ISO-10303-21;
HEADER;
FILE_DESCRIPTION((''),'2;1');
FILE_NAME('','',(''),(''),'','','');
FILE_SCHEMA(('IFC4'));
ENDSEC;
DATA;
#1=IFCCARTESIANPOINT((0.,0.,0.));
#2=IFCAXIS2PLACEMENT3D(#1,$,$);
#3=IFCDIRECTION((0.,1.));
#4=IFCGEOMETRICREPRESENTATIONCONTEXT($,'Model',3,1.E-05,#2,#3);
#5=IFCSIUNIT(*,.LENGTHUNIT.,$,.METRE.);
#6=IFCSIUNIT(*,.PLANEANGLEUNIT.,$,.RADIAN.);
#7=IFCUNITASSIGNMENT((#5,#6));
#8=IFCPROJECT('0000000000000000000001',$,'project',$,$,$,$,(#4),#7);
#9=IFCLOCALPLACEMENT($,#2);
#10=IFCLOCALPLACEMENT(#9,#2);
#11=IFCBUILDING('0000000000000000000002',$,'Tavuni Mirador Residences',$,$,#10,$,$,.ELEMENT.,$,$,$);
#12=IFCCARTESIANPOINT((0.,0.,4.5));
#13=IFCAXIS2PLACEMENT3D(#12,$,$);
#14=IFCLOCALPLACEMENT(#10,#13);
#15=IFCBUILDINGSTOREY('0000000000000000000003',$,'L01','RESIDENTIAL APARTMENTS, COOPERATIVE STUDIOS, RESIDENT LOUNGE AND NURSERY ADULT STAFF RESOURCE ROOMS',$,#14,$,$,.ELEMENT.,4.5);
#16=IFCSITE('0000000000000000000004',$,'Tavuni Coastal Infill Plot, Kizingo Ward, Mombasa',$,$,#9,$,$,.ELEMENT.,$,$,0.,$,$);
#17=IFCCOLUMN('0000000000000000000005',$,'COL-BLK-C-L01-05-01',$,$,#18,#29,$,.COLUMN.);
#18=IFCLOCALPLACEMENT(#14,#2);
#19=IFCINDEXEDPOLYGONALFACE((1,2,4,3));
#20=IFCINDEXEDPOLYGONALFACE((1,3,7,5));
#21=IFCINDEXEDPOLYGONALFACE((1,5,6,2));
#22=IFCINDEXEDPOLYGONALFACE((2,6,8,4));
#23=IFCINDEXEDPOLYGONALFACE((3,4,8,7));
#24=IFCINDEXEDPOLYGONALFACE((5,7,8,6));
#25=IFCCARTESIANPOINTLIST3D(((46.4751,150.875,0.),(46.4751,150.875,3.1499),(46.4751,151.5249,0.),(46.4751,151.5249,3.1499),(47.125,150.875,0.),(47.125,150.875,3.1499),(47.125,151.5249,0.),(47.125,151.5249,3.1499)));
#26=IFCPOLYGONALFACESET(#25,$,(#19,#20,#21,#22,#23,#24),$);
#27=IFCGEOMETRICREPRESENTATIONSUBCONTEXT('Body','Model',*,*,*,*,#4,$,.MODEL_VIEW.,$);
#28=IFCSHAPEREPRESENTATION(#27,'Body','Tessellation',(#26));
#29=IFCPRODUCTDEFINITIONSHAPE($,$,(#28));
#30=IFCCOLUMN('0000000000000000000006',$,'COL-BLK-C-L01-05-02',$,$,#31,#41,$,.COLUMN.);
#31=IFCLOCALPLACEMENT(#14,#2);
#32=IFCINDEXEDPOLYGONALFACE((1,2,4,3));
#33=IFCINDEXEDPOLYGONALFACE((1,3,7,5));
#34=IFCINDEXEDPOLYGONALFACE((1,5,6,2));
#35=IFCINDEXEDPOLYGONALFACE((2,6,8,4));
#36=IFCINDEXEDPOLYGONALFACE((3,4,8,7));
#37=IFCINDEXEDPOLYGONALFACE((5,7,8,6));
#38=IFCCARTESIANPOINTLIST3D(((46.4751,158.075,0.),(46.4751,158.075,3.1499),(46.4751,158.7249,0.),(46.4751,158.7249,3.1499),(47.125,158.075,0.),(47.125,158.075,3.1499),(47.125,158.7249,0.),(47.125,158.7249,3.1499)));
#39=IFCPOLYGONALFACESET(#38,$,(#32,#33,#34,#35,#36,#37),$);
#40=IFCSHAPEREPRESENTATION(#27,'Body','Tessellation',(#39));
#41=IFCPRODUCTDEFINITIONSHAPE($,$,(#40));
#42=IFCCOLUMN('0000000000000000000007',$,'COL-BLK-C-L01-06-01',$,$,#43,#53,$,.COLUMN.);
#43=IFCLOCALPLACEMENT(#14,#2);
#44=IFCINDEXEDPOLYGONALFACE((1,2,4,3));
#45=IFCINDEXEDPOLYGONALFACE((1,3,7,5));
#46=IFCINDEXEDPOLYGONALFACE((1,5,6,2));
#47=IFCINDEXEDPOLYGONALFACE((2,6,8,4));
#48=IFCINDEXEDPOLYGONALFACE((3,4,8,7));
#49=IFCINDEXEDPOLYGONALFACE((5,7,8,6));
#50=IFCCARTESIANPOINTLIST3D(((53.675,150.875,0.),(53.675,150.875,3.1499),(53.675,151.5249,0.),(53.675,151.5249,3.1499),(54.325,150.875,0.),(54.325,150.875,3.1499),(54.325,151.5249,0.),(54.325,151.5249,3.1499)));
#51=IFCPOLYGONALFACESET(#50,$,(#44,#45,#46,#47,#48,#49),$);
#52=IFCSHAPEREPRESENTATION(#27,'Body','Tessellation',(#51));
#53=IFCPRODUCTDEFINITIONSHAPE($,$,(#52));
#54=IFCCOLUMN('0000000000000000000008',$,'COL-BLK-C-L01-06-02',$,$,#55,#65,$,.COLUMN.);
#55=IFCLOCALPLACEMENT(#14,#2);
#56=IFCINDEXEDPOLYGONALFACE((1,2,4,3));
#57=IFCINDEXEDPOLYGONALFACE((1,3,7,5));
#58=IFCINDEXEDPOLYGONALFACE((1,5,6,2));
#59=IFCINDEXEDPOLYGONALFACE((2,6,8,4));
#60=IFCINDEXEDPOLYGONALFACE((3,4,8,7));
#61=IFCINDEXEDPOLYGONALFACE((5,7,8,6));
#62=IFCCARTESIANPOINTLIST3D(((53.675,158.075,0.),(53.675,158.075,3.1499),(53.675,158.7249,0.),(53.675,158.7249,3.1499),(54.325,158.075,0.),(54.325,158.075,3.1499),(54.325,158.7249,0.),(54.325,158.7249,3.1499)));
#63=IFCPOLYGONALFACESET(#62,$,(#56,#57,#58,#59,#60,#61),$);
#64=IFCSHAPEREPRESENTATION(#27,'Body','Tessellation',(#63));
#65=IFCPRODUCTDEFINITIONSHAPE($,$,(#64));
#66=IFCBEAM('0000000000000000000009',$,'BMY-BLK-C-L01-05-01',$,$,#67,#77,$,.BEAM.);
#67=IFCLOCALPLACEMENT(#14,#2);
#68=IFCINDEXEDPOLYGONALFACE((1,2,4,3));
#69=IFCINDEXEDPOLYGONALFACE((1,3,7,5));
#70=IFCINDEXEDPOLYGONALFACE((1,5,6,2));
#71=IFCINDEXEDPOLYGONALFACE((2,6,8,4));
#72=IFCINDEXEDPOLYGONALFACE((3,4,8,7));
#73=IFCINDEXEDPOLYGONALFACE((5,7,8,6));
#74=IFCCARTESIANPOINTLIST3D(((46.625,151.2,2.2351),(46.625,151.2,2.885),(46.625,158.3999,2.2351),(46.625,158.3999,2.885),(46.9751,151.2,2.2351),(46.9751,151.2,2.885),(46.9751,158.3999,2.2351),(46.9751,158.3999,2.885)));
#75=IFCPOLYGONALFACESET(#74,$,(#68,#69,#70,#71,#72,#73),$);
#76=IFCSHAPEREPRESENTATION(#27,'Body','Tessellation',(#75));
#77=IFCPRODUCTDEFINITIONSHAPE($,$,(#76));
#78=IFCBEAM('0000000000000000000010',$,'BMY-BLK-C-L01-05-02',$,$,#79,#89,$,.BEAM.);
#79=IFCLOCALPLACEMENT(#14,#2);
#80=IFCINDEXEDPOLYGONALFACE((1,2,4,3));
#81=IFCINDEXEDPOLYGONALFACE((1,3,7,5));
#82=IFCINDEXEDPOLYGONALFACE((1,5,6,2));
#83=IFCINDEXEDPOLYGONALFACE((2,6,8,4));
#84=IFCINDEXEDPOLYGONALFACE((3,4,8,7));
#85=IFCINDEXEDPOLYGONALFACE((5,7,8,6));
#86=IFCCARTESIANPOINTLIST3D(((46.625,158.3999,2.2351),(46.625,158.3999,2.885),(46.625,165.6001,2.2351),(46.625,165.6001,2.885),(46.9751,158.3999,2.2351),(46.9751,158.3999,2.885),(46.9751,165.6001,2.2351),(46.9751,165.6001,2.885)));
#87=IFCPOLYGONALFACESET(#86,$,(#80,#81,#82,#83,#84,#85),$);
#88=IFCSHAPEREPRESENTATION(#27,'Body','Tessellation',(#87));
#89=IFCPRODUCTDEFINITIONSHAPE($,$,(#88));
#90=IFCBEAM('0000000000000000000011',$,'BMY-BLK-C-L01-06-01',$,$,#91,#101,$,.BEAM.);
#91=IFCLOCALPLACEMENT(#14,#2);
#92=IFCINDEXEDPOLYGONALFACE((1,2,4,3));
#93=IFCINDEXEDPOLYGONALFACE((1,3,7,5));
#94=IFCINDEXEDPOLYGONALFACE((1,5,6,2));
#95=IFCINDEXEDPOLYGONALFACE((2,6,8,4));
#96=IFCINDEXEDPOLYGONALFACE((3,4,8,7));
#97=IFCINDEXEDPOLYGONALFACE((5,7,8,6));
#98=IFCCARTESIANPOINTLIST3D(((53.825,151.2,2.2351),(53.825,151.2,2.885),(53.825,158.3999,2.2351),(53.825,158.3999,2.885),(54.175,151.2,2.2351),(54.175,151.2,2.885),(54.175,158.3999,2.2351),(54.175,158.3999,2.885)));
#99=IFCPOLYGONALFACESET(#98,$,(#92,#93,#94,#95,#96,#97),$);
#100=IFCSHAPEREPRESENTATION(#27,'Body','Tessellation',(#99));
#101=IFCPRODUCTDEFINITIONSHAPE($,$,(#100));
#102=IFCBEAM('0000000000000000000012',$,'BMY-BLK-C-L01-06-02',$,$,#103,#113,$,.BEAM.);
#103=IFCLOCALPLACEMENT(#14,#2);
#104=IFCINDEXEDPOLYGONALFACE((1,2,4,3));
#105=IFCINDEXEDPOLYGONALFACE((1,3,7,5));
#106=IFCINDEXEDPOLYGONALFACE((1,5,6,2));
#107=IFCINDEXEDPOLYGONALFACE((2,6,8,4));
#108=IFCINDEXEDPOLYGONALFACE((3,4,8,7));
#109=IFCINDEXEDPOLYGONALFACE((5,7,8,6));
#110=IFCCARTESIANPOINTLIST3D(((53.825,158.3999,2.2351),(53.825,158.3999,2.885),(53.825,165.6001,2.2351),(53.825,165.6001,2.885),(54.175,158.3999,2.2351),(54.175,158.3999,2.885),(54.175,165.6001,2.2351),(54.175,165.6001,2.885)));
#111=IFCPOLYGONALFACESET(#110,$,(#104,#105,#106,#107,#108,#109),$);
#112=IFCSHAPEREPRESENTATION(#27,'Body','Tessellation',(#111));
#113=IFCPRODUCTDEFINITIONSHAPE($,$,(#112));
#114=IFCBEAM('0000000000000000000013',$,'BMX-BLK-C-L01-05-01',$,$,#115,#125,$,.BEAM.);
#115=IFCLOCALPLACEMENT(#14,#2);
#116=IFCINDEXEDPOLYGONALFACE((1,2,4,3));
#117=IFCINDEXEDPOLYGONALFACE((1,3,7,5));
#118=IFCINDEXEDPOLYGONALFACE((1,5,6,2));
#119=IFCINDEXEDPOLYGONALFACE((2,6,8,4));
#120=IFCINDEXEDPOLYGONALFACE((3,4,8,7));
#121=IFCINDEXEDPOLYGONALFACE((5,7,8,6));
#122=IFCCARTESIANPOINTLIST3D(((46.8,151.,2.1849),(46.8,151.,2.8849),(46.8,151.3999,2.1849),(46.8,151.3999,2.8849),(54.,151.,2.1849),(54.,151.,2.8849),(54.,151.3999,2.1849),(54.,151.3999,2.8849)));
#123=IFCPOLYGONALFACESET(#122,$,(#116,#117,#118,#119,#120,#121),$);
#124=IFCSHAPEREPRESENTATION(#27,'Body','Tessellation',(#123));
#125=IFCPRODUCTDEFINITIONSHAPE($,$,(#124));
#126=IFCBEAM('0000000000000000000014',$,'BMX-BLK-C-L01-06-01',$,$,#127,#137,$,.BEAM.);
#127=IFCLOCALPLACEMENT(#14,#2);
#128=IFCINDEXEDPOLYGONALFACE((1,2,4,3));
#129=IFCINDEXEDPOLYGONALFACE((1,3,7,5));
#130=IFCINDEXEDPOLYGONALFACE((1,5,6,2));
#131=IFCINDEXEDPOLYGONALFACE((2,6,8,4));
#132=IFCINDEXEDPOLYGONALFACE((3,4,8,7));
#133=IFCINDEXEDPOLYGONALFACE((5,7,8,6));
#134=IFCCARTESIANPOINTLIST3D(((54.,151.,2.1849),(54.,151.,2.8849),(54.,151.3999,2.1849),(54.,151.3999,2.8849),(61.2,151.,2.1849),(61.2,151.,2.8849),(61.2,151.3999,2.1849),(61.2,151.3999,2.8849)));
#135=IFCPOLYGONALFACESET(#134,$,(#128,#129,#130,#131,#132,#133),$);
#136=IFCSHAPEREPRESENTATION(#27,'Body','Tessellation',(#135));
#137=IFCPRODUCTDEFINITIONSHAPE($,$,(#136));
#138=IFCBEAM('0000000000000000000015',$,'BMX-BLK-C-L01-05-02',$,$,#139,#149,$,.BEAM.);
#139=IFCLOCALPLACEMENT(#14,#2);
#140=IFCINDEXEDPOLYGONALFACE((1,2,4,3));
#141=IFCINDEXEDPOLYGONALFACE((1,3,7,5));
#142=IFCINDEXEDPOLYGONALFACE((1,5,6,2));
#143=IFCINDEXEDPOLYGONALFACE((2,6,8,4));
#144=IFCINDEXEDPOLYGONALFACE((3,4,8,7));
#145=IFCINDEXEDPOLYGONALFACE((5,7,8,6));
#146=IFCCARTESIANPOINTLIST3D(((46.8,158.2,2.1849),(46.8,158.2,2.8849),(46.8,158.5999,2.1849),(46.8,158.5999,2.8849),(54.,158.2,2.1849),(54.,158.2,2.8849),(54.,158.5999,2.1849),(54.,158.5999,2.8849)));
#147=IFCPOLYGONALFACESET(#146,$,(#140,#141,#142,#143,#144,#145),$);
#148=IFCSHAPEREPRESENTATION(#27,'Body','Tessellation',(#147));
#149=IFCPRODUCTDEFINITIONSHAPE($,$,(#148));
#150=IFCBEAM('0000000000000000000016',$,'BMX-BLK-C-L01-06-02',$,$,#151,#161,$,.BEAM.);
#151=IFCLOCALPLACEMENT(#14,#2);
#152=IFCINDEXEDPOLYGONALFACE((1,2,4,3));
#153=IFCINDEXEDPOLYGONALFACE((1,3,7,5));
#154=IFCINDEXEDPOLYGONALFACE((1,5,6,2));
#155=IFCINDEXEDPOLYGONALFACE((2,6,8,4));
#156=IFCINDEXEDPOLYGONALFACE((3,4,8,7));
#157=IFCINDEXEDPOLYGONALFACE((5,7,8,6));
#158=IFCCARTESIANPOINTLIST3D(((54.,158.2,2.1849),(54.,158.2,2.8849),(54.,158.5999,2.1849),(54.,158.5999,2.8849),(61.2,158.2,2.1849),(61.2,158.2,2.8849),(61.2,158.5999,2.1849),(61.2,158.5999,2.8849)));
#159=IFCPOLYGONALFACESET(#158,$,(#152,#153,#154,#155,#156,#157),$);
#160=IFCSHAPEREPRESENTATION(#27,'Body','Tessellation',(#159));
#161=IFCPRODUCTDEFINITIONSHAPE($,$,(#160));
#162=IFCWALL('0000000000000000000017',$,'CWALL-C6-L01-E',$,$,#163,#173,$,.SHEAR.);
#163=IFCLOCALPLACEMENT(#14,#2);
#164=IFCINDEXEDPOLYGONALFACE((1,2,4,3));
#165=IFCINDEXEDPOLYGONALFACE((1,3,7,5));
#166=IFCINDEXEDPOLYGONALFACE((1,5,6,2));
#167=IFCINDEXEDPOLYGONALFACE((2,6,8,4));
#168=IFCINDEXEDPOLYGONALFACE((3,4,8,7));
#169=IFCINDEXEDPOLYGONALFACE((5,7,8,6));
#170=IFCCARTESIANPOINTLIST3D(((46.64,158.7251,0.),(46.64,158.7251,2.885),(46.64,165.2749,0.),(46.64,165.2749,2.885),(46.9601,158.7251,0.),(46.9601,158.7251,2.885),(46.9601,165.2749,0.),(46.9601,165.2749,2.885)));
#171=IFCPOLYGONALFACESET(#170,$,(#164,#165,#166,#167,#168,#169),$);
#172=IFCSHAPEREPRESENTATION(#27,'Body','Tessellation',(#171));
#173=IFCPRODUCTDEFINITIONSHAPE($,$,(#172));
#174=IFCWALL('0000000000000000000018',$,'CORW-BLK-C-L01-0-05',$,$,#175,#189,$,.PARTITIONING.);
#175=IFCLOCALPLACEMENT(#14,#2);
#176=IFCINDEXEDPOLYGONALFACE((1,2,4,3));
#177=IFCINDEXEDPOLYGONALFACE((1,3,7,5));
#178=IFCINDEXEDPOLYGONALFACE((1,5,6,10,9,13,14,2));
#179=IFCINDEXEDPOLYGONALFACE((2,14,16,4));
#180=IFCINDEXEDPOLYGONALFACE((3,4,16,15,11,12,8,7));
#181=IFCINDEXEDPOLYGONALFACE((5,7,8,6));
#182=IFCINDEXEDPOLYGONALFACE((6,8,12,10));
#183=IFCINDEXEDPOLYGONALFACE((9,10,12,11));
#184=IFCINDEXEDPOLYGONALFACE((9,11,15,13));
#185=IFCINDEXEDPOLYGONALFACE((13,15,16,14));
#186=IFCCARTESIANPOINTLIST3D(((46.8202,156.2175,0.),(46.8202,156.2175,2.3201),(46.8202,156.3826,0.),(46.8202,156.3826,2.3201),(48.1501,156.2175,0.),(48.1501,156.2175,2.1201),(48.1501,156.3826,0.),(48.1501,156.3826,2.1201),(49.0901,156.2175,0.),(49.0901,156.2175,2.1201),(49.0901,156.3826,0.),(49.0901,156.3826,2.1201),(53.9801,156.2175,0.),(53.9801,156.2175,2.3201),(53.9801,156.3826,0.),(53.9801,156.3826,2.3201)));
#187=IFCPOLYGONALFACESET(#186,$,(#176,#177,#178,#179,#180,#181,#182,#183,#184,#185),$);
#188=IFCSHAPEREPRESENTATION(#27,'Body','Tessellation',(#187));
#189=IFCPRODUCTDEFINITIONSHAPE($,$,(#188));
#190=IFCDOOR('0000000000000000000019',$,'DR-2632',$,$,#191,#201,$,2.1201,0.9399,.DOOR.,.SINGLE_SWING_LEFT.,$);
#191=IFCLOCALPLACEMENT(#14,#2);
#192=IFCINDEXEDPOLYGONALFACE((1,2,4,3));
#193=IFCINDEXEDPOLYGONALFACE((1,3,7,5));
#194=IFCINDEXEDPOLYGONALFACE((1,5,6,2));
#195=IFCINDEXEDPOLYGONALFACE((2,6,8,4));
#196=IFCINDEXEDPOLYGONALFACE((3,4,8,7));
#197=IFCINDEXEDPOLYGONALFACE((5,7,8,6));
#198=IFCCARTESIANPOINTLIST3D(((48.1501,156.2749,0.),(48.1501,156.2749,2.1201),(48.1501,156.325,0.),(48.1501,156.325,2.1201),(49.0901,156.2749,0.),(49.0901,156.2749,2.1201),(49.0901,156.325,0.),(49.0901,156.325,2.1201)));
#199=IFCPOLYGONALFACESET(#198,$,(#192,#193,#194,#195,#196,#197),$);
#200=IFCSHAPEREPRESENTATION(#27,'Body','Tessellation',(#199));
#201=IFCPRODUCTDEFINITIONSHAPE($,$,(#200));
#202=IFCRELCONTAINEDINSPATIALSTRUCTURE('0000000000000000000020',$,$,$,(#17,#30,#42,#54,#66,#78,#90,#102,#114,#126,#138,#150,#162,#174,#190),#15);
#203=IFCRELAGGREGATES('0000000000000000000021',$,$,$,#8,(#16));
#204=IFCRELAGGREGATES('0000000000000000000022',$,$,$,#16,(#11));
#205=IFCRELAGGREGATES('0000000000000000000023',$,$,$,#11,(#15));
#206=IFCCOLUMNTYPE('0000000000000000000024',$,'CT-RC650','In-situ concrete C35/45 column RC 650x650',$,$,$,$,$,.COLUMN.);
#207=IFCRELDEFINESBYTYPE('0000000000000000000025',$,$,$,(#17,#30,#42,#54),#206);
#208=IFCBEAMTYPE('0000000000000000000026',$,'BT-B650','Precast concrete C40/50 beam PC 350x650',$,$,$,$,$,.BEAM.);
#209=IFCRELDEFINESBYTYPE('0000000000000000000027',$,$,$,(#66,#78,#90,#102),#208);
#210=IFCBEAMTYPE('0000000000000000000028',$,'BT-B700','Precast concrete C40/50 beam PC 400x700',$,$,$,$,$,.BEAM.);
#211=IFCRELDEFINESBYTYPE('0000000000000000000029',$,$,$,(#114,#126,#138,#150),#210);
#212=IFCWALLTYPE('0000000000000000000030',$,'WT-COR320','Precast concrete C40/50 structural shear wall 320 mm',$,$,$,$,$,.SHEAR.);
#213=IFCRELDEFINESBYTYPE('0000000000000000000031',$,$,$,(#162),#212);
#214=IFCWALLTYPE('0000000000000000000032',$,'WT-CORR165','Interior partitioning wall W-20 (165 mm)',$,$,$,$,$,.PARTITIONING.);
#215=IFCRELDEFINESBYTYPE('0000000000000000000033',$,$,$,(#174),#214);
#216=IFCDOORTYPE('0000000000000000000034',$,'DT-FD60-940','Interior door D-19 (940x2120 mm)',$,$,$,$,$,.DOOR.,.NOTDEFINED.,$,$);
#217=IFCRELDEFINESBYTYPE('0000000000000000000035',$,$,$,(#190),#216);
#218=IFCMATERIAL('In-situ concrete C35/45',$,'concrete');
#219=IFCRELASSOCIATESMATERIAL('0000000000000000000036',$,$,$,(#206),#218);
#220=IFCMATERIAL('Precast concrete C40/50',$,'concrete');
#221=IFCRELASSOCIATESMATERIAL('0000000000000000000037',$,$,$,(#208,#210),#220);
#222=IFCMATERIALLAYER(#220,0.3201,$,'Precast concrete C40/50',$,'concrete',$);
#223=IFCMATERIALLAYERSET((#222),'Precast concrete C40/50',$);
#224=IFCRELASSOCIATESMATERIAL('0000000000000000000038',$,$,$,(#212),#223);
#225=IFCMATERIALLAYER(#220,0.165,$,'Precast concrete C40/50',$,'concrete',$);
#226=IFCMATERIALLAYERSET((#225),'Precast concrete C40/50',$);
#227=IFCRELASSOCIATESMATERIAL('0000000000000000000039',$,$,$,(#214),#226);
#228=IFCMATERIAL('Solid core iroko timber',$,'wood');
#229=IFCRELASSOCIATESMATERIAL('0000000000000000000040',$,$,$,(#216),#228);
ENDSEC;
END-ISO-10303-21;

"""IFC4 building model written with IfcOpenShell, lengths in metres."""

from ifc_helpers import new_model, si_unit, direction, frame, frame_2d, origin, origin_2d, place, context, subcontext, project, spatial, rectangle, extrude, material, layer, layer_set, material_profile, profile_set, type_object, element, fill, save


model = new_model("IFC4")

# Units and contexts
model_context = context("Model", 3, precision=1e-05, world=origin(), true_north=direction((0.0, 1.0)))
body_context = subcontext(model_context, "Body", "Model", "MODEL_VIEW")
ifc_project = project(units=[si_unit("LENGTHUNIT", "METRE"), si_unit("PLANEANGLEUNIT", "RADIAN")], contexts=[model_context])

# Site, building, storey
site_placement = place(None, origin())
site = spatial("IfcSite", under=ifc_project, at=site_placement, Name="Tavuni Coastal Infill Plot, Kizingo Ward, Mombasa", CompositionType="ELEMENT", RefElevation=0.0)
building_placement = place(site_placement, origin())
building = spatial("IfcBuilding", under=site, at=building_placement, Name="Tavuni Mirador Residences", CompositionType="ELEMENT")
storey_placement = place(building_placement, frame((0.0, 0.0, 4.5)))
storey = spatial("IfcBuildingStorey", under=building, at=storey_placement, Name="L01", Description="RESIDENTIAL APARTMENTS, COOPERATIVE STUDIOS, RESIDENT LOUNGE AND NURSERY ADULT STAFF RESOURCE ROOMS", CompositionType="ELEMENT", Elevation=4.5)

# Columns
ifc_material_1 = material(Name="In-situ concrete C35/45", Category="concrete")
ifc_material_profile_1 = material_profile(ifc_material_1, rectangle(XDim=0.6499, YDim=0.6499, at=origin_2d()), Name="RC 650x650", Category="concrete")
ifc_profile_set_1 = profile_set([ifc_material_profile_1], Name="In-situ concrete C35/45")
column_type = type_object("IfcColumnType", Name="CT-RC650", Description="In-situ concrete C35/45 column RC 650x650", PredefinedType="COLUMN", material=ifc_profile_set_1)
for number, where, z_axis, x_axis, name in (
    (1, (46.8, 151.2, 0.0), (0.0, 0.0, 1.0), (1.0, 0.0, 0.0), "COL-BLK-C-L01-05-01"),
    (2, (46.8, 158.3999, 0.0), (0.0, 0.0, 1.0), (1.0, 0.0, 0.0), "COL-BLK-C-L01-05-02"),
    (3, (54.0, 151.2, 0.0), (0.0, 0.0, 1.0), (1.0, 0.0, 0.0), "COL-BLK-C-L01-06-01"),
    (4, (54.0, 158.3999, 0.0), (0.0, 0.0, 1.0), (1.0, 0.0, 0.0), "COL-BLK-C-L01-06-02"),
):
    element("IfcColumn", number, at=place(storey_placement, frame(where, z_axis=z_axis, x_axis=x_axis)), inside=storey, type_object=column_type, Name=name, PredefinedType="COLUMN", context=body_context, shape_type="SweptSolid", body=[
        extrude(rectangle(XDim=0.6499, YDim=0.6499, at=origin_2d()), origin(), (0.0, 0.0, 1.0), 3.1499),
    ])

# Beams
ifc_material_2 = material(Name="Precast concrete C40/50", Category="concrete")
ifc_material_profile_2 = material_profile(ifc_material_2, rectangle(XDim=0.3501, YDim=0.6499, at=origin_2d()), Name="PC 350x650", Category="concrete")
ifc_profile_set_2 = profile_set([ifc_material_profile_2], Name="Precast concrete C40/50")
beam_type_1 = type_object("IfcBeamType", Name="BT-B650", Description="Precast concrete C40/50 beam PC 350x650", PredefinedType="BEAM", material=ifc_profile_set_2)
beam_1_placement = place(storey_placement, frame((46.8, 151.2, 2.5601), z_axis=(0.0, 1.0, 0.0), x_axis=(-1.0, 0.0, 0.0)))
element("IfcBeam", 5, at=beam_1_placement, inside=storey, type_object=beam_type_1, Name="BMY-BLK-C-L01-05-01", PredefinedType="BEAM", context=body_context, shape_type="SweptSolid", body=[
    extrude(rectangle(XDim=0.3501, YDim=0.6499, at=origin_2d()), origin(), (0.0, 0.0, 1.0), 7.2),
])
beam_2_placement = place(storey_placement, frame((46.8, 158.3999, 2.5601), z_axis=(0.0, 1.0, 0.0), x_axis=(-1.0, 0.0, 0.0)))
element("IfcBeam", 6, at=beam_2_placement, inside=storey, type_object=beam_type_1, Name="BMY-BLK-C-L01-05-02", PredefinedType="BEAM", context=body_context, shape_type="SweptSolid", body=[
    extrude(rectangle(XDim=0.3501, YDim=0.6499, at=origin_2d()), origin(), (0.0, 0.0, 1.0), 7.2002),
])
beam_3_placement = place(storey_placement, frame((54.0, 151.2, 2.5601), z_axis=(0.0, 1.0, 0.0), x_axis=(-1.0, 0.0, 0.0)))
element("IfcBeam", 7, at=beam_3_placement, inside=storey, type_object=beam_type_1, Name="BMY-BLK-C-L01-06-01", PredefinedType="BEAM", context=body_context, shape_type="SweptSolid", body=[
    extrude(rectangle(XDim=0.3501, YDim=0.6499, at=origin_2d()), origin(), (0.0, 0.0, 1.0), 7.2),
])
beam_4_placement = place(storey_placement, frame((54.0, 158.3999, 2.5601), z_axis=(0.0, 1.0, 0.0), x_axis=(-1.0, 0.0, 0.0)))
element("IfcBeam", 8, at=beam_4_placement, inside=storey, type_object=beam_type_1, Name="BMY-BLK-C-L01-06-02", PredefinedType="BEAM", context=body_context, shape_type="SweptSolid", body=[
    extrude(rectangle(XDim=0.3501, YDim=0.6499, at=origin_2d()), origin(), (0.0, 0.0, 1.0), 7.2002),
])
ifc_material_profile_3 = material_profile(ifc_material_2, rectangle(XDim=0.3999, YDim=0.7, at=origin_2d()), Name="PC 400x700", Category="concrete")
ifc_profile_set_3 = profile_set([ifc_material_profile_3], Name="Precast concrete C40/50")
beam_type_2 = type_object("IfcBeamType", Name="BT-B700", Description="Precast concrete C40/50 beam PC 400x700", PredefinedType="BEAM", material=ifc_profile_set_3)
for number, where, z_axis, x_axis, name in (
    (9, (46.8, 151.2, 2.5349), (1.0, 0.0, 0.0), (0.0, 1.0, 0.0), "BMX-BLK-C-L01-05-01"),
    (10, (54.0, 151.2, 2.5349), (1.0, 0.0, 0.0), (0.0, 1.0, 0.0), "BMX-BLK-C-L01-06-01"),
    (11, (46.8, 158.3999, 2.5349), (1.0, 0.0, 0.0), (0.0, 1.0, 0.0), "BMX-BLK-C-L01-05-02"),
    (12, (54.0, 158.3999, 2.5349), (1.0, 0.0, 0.0), (0.0, 1.0, 0.0), "BMX-BLK-C-L01-06-02"),
):
    element("IfcBeam", number, at=place(storey_placement, frame(where, z_axis=z_axis, x_axis=x_axis)), inside=storey, type_object=beam_type_2, Name=name, PredefinedType="BEAM", context=body_context, shape_type="SweptSolid", body=[
        extrude(rectangle(XDim=0.3999, YDim=0.7, at=origin_2d()), origin(), (0.0, 0.0, 1.0), 7.2),
    ])

# Wall
ifc_layer_1 = layer(ifc_material_2, 0.3201, Name="Precast concrete C40/50", Category="concrete")
ifc_layer_set_1 = layer_set([ifc_layer_1], Name="Precast concrete C40/50")
wall_type_1 = type_object("IfcWallType", Name="WT-COR320", Description="Precast concrete C40/50 structural shear wall 320 mm", PredefinedType="SHEAR", material=ifc_layer_set_1)
wall_1_placement = place(storey_placement, frame((46.8, 158.7251, 0.0), z_axis=(0.0, 0.0, 1.0), x_axis=(0.0, 1.0, 0.0)))
element("IfcWall", 13, at=wall_1_placement, inside=storey, type_object=wall_type_1, Name="CWALL-C6-L01-E", PredefinedType="SHEAR", context=body_context, shape_type="SweptSolid", body=[
    extrude(rectangle(XDim=6.5498, YDim=0.3201, at=frame_2d((3.2749, 0.0))), origin(), (0.0, 0.0, 1.0), 2.885),
])

# Wall, opening, door
ifc_layer_2 = layer(ifc_material_2, 0.165, Name="Precast concrete C40/50", Category="concrete")
ifc_layer_set_2 = layer_set([ifc_layer_2], Name="Precast concrete C40/50")
wall_type_2 = type_object("IfcWallType", Name="WT-CORR165", Description="Interior partitioning wall W-20 (165 mm)", PredefinedType="PARTITIONING", material=ifc_layer_set_2)
wall_2_placement = place(storey_placement, frame((46.8201, 156.3, 0.0), z_axis=(0.0, 0.0, 1.0), x_axis=(1.0, 0.0, 0.0)))
wall_2 = element("IfcWall", 14, at=wall_2_placement, inside=storey, type_object=wall_type_2, Name="CORW-BLK-C-L01-0-05", PredefinedType="PARTITIONING", context=body_context, shape_type="SweptSolid", body=[
    extrude(rectangle(XDim=7.1599, YDim=0.165, at=frame_2d((3.5801, 0.0))), origin(), (0.0, 0.0, 1.0), 2.3201),
])
opening_1_placement = place(wall_2_placement, frame((1.3301, 0.0, 0.0)))
opening_1 = element("IfcOpeningElement", 15, at=opening_1_placement, cuts=wall_2, PredefinedType="OPENING", context=body_context, shape_type="SweptSolid", body=[
    extrude(rectangle(XDim=0.9399, YDim=2.1201, at=frame_2d((0.47, 1.0601))), frame((0.0, 0.0925, 0.0), z_axis=(0.0, -1.0, 0.0), x_axis=(1.0, 0.0, 0.0)), (0.0, 0.0, 1.0), 0.1851),
])
ifc_material_3 = material(Name="Solid core iroko timber", Category="wood")
door_type_1 = type_object("IfcDoorType", Name="DT-FD60-940", Description="Interior door D-19 (940x2120 mm)", OperationType="NOTDEFINED", PredefinedType="DOOR", material=ifc_material_3)
door_1_placement = place(opening_1_placement, origin())
door_1 = element("IfcDoor", 16, at=door_1_placement, inside=storey, type_object=door_type_1, Name="DR-2632", OperationType="SINGLE_SWING_LEFT", OverallHeight=2.1201, OverallWidth=0.9399, PredefinedType="DOOR", context=body_context, shape_type="SweptSolid", body=[
    extrude(rectangle(XDim=0.9399, YDim=2.1201, at=frame_2d((0.47, 1.0601))), frame((0.0, 0.0249, 0.0), z_axis=(0.0, -1.0, 0.0), x_axis=(1.0, 0.0, 0.0)), (0.0, 0.0, 1.0), 0.05),
])
fill(opening_1, door_1)

save(model, "model.ifc")
